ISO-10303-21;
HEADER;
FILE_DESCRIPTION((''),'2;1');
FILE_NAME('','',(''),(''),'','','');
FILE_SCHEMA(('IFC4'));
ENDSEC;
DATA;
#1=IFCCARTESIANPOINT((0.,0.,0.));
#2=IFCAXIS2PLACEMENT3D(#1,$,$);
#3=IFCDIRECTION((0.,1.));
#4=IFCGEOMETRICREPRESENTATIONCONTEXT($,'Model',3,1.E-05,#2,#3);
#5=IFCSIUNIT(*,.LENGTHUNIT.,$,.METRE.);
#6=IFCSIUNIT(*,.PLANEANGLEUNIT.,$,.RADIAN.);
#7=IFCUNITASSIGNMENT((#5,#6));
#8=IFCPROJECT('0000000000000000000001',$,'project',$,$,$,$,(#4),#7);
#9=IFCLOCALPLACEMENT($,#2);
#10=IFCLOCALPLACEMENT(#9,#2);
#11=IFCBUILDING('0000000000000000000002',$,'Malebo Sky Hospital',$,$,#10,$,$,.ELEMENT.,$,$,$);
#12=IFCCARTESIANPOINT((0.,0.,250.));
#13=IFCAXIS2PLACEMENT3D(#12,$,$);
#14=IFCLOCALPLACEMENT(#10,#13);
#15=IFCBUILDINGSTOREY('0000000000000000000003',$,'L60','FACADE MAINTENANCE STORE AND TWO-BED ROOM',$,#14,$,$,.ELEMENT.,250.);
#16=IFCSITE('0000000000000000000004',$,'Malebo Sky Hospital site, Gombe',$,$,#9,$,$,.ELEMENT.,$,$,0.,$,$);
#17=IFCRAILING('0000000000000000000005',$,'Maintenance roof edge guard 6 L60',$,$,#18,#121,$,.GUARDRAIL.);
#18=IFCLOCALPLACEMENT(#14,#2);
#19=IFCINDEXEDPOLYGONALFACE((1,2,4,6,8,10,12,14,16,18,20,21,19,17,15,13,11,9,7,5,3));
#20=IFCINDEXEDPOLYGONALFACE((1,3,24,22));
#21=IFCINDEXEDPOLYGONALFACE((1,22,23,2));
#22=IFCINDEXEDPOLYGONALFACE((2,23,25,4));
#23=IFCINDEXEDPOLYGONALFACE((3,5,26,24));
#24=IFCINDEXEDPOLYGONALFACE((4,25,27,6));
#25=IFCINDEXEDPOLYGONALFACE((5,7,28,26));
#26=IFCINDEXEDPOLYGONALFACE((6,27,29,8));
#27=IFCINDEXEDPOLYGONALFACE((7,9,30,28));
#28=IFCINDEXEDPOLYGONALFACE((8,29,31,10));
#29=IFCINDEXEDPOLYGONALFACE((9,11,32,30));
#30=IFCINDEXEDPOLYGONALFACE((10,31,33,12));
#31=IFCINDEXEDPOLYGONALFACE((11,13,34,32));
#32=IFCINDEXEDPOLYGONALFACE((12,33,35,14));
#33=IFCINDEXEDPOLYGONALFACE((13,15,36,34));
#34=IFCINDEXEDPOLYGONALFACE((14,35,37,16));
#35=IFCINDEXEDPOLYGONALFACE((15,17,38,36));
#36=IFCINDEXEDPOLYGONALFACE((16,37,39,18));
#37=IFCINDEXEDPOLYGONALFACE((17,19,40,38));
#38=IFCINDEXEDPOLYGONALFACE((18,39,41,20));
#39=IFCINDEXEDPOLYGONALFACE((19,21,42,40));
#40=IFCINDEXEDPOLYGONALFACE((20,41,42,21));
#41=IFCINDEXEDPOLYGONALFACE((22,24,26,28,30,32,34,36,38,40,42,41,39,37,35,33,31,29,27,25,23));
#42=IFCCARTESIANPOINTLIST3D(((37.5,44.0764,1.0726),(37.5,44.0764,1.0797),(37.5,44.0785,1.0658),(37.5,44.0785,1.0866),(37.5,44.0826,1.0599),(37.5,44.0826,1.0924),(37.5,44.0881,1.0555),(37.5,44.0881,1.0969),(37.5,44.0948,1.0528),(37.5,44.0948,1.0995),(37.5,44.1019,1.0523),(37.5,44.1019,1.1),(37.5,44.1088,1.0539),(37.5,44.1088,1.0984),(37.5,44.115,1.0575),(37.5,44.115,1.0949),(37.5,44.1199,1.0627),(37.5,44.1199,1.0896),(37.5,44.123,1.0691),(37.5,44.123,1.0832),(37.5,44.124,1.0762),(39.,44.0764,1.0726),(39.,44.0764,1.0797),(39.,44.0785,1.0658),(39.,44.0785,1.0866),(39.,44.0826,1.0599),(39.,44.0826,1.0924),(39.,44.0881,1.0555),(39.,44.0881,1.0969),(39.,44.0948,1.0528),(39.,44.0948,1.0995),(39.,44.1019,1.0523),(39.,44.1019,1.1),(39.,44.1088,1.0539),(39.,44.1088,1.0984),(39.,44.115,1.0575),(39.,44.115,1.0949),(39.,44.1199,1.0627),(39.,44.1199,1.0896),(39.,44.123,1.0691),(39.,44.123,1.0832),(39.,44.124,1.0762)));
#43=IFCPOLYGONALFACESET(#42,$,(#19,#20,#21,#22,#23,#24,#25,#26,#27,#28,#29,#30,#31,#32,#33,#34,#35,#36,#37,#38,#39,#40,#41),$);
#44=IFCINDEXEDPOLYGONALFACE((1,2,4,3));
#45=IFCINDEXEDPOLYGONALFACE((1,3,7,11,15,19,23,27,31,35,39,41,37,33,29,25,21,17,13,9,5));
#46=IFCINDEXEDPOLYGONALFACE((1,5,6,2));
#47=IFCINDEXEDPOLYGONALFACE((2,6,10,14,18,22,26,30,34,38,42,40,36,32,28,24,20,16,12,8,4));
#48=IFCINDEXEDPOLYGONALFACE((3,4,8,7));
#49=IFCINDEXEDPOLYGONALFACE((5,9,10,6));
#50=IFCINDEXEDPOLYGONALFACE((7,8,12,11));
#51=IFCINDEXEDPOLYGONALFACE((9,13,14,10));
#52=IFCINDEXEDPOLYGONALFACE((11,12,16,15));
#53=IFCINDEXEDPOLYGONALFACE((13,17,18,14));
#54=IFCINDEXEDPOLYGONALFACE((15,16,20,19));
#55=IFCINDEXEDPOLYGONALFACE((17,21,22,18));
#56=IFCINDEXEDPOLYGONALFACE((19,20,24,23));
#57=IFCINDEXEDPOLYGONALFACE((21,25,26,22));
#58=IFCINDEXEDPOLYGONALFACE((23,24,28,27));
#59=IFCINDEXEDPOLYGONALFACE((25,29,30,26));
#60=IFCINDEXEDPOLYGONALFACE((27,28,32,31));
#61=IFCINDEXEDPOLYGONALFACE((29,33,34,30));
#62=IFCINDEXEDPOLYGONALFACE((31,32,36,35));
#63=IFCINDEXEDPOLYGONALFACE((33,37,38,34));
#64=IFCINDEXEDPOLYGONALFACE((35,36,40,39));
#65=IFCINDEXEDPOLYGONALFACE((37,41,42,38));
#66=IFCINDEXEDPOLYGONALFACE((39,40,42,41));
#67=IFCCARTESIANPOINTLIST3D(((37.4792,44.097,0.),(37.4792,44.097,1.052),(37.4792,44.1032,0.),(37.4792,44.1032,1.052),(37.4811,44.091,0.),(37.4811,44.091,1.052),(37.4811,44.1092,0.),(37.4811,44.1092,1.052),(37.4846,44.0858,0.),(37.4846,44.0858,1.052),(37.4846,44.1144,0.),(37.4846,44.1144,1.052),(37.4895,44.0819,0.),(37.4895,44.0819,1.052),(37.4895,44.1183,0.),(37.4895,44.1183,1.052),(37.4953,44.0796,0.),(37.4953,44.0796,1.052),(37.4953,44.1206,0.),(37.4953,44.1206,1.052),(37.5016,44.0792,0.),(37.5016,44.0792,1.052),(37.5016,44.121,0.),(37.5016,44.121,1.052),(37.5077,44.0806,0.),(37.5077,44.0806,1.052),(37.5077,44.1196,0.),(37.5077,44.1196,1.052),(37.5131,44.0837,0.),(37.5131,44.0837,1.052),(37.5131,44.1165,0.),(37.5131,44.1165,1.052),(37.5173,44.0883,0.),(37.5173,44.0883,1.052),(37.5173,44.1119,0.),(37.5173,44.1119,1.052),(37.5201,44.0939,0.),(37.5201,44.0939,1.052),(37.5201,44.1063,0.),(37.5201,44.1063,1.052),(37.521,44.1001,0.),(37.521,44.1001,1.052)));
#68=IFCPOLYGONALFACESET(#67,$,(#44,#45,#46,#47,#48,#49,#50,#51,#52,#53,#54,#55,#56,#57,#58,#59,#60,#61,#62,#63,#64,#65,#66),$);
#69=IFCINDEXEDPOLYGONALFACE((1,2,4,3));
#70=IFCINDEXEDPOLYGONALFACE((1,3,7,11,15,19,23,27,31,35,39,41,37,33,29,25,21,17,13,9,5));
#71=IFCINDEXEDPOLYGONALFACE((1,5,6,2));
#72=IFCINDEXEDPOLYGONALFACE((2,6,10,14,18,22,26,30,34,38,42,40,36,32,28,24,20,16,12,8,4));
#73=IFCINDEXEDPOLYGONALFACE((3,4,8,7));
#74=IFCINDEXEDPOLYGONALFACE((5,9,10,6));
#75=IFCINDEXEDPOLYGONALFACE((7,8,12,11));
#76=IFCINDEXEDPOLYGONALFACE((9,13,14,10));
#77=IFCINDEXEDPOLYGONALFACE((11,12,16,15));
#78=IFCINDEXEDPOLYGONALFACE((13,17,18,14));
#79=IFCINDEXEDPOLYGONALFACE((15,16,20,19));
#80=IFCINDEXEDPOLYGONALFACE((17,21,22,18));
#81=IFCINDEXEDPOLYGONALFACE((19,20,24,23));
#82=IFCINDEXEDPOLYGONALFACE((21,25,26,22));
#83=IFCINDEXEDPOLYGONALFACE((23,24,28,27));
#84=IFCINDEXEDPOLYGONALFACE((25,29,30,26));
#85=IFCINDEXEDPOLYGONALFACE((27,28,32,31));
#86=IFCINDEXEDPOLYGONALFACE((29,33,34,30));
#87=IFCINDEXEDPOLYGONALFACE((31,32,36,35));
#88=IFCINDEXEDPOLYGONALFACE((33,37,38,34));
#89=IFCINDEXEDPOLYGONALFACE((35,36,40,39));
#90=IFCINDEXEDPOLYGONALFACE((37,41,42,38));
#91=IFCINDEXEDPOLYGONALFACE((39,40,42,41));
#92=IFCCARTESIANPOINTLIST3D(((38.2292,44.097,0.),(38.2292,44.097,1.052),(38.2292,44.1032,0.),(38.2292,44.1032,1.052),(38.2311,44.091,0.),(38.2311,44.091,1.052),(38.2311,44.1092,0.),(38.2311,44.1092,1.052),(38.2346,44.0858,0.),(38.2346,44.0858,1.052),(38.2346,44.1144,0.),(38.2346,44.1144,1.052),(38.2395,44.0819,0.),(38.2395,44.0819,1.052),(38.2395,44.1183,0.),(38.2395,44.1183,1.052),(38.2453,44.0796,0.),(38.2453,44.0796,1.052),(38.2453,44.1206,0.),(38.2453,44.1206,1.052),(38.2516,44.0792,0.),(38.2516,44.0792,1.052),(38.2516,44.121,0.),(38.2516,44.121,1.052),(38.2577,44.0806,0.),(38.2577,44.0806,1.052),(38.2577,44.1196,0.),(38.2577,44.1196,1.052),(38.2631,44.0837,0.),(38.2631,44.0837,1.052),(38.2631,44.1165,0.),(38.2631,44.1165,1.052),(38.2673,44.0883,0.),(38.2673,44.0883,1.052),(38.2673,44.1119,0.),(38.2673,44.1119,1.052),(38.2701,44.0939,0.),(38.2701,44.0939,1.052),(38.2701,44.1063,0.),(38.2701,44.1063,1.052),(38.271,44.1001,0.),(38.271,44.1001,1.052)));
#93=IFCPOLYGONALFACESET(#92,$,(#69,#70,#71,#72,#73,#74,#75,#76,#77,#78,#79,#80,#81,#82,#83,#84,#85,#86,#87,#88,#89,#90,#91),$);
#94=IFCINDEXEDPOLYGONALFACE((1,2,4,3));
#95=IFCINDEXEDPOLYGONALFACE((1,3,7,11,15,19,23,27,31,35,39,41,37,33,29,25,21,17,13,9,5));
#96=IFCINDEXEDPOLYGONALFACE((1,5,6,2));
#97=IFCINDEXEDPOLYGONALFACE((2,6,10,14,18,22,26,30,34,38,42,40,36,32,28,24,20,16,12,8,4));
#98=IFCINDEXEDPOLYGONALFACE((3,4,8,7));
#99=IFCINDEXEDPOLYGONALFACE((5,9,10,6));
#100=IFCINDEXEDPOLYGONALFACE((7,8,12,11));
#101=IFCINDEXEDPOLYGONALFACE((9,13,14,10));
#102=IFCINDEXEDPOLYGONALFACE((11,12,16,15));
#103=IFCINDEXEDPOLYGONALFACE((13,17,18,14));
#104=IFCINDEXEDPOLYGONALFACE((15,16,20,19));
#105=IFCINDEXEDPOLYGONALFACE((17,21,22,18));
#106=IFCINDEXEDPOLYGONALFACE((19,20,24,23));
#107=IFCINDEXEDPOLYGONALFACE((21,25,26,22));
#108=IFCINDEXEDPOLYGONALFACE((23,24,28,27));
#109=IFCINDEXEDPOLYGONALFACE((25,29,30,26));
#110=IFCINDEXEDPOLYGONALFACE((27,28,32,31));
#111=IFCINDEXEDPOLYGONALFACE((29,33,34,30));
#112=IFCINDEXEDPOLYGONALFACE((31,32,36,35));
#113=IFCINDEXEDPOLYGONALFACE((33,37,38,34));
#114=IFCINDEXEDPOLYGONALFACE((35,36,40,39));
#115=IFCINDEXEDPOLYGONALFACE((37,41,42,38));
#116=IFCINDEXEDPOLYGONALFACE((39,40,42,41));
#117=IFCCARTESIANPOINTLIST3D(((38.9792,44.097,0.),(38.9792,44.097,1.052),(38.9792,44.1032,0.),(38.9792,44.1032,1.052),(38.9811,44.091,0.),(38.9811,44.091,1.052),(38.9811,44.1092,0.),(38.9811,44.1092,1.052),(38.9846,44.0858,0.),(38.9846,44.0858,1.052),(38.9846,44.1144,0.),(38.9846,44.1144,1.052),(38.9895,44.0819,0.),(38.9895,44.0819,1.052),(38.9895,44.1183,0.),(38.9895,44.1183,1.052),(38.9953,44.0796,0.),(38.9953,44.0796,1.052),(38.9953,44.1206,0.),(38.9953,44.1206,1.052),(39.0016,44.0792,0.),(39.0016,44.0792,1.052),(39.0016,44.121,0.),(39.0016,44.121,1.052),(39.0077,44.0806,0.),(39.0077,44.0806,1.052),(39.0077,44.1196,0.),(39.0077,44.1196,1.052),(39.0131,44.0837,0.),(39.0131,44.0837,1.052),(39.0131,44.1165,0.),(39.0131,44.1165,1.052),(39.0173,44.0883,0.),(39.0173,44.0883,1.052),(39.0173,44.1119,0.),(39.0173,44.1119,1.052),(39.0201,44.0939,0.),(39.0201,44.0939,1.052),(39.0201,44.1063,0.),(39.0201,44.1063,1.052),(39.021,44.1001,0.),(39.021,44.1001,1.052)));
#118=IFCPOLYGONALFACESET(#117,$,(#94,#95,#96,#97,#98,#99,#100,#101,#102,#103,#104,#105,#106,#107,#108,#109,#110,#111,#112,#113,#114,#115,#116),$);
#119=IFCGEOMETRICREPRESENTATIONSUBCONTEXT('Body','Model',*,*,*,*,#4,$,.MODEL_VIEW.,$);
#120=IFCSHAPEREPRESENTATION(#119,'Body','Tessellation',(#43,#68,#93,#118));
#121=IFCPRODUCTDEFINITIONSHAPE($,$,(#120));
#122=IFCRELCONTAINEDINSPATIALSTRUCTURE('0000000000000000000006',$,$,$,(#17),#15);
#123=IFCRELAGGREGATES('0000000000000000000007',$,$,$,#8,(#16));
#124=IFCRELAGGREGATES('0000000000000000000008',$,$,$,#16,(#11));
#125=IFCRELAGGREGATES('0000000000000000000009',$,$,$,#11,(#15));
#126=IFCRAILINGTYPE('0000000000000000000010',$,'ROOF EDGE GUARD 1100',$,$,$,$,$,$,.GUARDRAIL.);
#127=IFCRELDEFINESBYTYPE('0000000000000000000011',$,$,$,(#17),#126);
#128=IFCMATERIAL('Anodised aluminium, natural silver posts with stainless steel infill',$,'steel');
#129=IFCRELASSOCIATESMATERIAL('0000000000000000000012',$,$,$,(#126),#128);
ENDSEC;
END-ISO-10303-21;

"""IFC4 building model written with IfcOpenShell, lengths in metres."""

from ifc_helpers import new_model, si_unit, direction, frame, origin, origin_2d, place, context, subcontext, project, spatial, circle, extrude, material, type_object, element, save


model = new_model("IFC4")

# Units and contexts
model_context = context("Model", 3, precision=1e-05, world=origin(), true_north=direction((0.0, 1.0)))
body_context = subcontext(model_context, "Body", "Model", "MODEL_VIEW")
ifc_project = project(units=[si_unit("LENGTHUNIT", "METRE"), si_unit("PLANEANGLEUNIT", "RADIAN")], contexts=[model_context])

# Site, building, storey
site_placement = place(None, origin())
site = spatial("IfcSite", under=ifc_project, at=site_placement, Name="Malebo Sky Hospital site, Gombe", CompositionType="ELEMENT", RefElevation=0.0)
building_placement = place(site_placement, origin())
building = spatial("IfcBuilding", under=site, at=building_placement, Name="Malebo Sky Hospital", CompositionType="ELEMENT")
storey_placement = place(building_placement, frame((0.0, 0.0, 250.0)))
storey = spatial("IfcBuildingStorey", under=building, at=storey_placement, Name="L60", Description="FACADE MAINTENANCE STORE AND TWO-BED ROOM", CompositionType="ELEMENT", Elevation=250.0)

# Railing
ifc_material_1 = material(Name="Anodised aluminium, natural silver posts with stainless steel infill", Category="steel")
railing_type = type_object("IfcRailingType", Name="ROOF EDGE GUARD 1100", PredefinedType="GUARDRAIL", material=ifc_material_1)
railing_1_placement = place(storey_placement, frame((37.5, 44.1001, 0.0)))
element("IfcRailing", 1, at=railing_1_placement, inside=storey, type_object=railing_type, Name="Maintenance roof edge guard 6 L60", PredefinedType="GUARDRAIL", context=body_context, shape_type="SweptSolid", body=[
    extrude(circle(Radius=0.0239, at=origin_2d()), frame((0.0, 0.0, 1.0762), z_axis=(1.0, 0.0, 0.0), x_axis=(0.0, 1.0, 0.0)), (0.0, 0.0, 1.0), 1.5),
    extrude(circle(Radius=0.021, at=origin_2d()), origin(), (0.0, 0.0, 1.0), 1.052),
    extrude(circle(Radius=0.021, at=origin_2d()), frame((0.75, 0.0, 0.0)), (0.0, 0.0, 1.0), 1.052),
    extrude(circle(Radius=0.021, at=origin_2d()), frame((1.5, 0.0, 0.0)), (0.0, 0.0, 1.0), 1.052),
])

save(model, "model.ifc")
